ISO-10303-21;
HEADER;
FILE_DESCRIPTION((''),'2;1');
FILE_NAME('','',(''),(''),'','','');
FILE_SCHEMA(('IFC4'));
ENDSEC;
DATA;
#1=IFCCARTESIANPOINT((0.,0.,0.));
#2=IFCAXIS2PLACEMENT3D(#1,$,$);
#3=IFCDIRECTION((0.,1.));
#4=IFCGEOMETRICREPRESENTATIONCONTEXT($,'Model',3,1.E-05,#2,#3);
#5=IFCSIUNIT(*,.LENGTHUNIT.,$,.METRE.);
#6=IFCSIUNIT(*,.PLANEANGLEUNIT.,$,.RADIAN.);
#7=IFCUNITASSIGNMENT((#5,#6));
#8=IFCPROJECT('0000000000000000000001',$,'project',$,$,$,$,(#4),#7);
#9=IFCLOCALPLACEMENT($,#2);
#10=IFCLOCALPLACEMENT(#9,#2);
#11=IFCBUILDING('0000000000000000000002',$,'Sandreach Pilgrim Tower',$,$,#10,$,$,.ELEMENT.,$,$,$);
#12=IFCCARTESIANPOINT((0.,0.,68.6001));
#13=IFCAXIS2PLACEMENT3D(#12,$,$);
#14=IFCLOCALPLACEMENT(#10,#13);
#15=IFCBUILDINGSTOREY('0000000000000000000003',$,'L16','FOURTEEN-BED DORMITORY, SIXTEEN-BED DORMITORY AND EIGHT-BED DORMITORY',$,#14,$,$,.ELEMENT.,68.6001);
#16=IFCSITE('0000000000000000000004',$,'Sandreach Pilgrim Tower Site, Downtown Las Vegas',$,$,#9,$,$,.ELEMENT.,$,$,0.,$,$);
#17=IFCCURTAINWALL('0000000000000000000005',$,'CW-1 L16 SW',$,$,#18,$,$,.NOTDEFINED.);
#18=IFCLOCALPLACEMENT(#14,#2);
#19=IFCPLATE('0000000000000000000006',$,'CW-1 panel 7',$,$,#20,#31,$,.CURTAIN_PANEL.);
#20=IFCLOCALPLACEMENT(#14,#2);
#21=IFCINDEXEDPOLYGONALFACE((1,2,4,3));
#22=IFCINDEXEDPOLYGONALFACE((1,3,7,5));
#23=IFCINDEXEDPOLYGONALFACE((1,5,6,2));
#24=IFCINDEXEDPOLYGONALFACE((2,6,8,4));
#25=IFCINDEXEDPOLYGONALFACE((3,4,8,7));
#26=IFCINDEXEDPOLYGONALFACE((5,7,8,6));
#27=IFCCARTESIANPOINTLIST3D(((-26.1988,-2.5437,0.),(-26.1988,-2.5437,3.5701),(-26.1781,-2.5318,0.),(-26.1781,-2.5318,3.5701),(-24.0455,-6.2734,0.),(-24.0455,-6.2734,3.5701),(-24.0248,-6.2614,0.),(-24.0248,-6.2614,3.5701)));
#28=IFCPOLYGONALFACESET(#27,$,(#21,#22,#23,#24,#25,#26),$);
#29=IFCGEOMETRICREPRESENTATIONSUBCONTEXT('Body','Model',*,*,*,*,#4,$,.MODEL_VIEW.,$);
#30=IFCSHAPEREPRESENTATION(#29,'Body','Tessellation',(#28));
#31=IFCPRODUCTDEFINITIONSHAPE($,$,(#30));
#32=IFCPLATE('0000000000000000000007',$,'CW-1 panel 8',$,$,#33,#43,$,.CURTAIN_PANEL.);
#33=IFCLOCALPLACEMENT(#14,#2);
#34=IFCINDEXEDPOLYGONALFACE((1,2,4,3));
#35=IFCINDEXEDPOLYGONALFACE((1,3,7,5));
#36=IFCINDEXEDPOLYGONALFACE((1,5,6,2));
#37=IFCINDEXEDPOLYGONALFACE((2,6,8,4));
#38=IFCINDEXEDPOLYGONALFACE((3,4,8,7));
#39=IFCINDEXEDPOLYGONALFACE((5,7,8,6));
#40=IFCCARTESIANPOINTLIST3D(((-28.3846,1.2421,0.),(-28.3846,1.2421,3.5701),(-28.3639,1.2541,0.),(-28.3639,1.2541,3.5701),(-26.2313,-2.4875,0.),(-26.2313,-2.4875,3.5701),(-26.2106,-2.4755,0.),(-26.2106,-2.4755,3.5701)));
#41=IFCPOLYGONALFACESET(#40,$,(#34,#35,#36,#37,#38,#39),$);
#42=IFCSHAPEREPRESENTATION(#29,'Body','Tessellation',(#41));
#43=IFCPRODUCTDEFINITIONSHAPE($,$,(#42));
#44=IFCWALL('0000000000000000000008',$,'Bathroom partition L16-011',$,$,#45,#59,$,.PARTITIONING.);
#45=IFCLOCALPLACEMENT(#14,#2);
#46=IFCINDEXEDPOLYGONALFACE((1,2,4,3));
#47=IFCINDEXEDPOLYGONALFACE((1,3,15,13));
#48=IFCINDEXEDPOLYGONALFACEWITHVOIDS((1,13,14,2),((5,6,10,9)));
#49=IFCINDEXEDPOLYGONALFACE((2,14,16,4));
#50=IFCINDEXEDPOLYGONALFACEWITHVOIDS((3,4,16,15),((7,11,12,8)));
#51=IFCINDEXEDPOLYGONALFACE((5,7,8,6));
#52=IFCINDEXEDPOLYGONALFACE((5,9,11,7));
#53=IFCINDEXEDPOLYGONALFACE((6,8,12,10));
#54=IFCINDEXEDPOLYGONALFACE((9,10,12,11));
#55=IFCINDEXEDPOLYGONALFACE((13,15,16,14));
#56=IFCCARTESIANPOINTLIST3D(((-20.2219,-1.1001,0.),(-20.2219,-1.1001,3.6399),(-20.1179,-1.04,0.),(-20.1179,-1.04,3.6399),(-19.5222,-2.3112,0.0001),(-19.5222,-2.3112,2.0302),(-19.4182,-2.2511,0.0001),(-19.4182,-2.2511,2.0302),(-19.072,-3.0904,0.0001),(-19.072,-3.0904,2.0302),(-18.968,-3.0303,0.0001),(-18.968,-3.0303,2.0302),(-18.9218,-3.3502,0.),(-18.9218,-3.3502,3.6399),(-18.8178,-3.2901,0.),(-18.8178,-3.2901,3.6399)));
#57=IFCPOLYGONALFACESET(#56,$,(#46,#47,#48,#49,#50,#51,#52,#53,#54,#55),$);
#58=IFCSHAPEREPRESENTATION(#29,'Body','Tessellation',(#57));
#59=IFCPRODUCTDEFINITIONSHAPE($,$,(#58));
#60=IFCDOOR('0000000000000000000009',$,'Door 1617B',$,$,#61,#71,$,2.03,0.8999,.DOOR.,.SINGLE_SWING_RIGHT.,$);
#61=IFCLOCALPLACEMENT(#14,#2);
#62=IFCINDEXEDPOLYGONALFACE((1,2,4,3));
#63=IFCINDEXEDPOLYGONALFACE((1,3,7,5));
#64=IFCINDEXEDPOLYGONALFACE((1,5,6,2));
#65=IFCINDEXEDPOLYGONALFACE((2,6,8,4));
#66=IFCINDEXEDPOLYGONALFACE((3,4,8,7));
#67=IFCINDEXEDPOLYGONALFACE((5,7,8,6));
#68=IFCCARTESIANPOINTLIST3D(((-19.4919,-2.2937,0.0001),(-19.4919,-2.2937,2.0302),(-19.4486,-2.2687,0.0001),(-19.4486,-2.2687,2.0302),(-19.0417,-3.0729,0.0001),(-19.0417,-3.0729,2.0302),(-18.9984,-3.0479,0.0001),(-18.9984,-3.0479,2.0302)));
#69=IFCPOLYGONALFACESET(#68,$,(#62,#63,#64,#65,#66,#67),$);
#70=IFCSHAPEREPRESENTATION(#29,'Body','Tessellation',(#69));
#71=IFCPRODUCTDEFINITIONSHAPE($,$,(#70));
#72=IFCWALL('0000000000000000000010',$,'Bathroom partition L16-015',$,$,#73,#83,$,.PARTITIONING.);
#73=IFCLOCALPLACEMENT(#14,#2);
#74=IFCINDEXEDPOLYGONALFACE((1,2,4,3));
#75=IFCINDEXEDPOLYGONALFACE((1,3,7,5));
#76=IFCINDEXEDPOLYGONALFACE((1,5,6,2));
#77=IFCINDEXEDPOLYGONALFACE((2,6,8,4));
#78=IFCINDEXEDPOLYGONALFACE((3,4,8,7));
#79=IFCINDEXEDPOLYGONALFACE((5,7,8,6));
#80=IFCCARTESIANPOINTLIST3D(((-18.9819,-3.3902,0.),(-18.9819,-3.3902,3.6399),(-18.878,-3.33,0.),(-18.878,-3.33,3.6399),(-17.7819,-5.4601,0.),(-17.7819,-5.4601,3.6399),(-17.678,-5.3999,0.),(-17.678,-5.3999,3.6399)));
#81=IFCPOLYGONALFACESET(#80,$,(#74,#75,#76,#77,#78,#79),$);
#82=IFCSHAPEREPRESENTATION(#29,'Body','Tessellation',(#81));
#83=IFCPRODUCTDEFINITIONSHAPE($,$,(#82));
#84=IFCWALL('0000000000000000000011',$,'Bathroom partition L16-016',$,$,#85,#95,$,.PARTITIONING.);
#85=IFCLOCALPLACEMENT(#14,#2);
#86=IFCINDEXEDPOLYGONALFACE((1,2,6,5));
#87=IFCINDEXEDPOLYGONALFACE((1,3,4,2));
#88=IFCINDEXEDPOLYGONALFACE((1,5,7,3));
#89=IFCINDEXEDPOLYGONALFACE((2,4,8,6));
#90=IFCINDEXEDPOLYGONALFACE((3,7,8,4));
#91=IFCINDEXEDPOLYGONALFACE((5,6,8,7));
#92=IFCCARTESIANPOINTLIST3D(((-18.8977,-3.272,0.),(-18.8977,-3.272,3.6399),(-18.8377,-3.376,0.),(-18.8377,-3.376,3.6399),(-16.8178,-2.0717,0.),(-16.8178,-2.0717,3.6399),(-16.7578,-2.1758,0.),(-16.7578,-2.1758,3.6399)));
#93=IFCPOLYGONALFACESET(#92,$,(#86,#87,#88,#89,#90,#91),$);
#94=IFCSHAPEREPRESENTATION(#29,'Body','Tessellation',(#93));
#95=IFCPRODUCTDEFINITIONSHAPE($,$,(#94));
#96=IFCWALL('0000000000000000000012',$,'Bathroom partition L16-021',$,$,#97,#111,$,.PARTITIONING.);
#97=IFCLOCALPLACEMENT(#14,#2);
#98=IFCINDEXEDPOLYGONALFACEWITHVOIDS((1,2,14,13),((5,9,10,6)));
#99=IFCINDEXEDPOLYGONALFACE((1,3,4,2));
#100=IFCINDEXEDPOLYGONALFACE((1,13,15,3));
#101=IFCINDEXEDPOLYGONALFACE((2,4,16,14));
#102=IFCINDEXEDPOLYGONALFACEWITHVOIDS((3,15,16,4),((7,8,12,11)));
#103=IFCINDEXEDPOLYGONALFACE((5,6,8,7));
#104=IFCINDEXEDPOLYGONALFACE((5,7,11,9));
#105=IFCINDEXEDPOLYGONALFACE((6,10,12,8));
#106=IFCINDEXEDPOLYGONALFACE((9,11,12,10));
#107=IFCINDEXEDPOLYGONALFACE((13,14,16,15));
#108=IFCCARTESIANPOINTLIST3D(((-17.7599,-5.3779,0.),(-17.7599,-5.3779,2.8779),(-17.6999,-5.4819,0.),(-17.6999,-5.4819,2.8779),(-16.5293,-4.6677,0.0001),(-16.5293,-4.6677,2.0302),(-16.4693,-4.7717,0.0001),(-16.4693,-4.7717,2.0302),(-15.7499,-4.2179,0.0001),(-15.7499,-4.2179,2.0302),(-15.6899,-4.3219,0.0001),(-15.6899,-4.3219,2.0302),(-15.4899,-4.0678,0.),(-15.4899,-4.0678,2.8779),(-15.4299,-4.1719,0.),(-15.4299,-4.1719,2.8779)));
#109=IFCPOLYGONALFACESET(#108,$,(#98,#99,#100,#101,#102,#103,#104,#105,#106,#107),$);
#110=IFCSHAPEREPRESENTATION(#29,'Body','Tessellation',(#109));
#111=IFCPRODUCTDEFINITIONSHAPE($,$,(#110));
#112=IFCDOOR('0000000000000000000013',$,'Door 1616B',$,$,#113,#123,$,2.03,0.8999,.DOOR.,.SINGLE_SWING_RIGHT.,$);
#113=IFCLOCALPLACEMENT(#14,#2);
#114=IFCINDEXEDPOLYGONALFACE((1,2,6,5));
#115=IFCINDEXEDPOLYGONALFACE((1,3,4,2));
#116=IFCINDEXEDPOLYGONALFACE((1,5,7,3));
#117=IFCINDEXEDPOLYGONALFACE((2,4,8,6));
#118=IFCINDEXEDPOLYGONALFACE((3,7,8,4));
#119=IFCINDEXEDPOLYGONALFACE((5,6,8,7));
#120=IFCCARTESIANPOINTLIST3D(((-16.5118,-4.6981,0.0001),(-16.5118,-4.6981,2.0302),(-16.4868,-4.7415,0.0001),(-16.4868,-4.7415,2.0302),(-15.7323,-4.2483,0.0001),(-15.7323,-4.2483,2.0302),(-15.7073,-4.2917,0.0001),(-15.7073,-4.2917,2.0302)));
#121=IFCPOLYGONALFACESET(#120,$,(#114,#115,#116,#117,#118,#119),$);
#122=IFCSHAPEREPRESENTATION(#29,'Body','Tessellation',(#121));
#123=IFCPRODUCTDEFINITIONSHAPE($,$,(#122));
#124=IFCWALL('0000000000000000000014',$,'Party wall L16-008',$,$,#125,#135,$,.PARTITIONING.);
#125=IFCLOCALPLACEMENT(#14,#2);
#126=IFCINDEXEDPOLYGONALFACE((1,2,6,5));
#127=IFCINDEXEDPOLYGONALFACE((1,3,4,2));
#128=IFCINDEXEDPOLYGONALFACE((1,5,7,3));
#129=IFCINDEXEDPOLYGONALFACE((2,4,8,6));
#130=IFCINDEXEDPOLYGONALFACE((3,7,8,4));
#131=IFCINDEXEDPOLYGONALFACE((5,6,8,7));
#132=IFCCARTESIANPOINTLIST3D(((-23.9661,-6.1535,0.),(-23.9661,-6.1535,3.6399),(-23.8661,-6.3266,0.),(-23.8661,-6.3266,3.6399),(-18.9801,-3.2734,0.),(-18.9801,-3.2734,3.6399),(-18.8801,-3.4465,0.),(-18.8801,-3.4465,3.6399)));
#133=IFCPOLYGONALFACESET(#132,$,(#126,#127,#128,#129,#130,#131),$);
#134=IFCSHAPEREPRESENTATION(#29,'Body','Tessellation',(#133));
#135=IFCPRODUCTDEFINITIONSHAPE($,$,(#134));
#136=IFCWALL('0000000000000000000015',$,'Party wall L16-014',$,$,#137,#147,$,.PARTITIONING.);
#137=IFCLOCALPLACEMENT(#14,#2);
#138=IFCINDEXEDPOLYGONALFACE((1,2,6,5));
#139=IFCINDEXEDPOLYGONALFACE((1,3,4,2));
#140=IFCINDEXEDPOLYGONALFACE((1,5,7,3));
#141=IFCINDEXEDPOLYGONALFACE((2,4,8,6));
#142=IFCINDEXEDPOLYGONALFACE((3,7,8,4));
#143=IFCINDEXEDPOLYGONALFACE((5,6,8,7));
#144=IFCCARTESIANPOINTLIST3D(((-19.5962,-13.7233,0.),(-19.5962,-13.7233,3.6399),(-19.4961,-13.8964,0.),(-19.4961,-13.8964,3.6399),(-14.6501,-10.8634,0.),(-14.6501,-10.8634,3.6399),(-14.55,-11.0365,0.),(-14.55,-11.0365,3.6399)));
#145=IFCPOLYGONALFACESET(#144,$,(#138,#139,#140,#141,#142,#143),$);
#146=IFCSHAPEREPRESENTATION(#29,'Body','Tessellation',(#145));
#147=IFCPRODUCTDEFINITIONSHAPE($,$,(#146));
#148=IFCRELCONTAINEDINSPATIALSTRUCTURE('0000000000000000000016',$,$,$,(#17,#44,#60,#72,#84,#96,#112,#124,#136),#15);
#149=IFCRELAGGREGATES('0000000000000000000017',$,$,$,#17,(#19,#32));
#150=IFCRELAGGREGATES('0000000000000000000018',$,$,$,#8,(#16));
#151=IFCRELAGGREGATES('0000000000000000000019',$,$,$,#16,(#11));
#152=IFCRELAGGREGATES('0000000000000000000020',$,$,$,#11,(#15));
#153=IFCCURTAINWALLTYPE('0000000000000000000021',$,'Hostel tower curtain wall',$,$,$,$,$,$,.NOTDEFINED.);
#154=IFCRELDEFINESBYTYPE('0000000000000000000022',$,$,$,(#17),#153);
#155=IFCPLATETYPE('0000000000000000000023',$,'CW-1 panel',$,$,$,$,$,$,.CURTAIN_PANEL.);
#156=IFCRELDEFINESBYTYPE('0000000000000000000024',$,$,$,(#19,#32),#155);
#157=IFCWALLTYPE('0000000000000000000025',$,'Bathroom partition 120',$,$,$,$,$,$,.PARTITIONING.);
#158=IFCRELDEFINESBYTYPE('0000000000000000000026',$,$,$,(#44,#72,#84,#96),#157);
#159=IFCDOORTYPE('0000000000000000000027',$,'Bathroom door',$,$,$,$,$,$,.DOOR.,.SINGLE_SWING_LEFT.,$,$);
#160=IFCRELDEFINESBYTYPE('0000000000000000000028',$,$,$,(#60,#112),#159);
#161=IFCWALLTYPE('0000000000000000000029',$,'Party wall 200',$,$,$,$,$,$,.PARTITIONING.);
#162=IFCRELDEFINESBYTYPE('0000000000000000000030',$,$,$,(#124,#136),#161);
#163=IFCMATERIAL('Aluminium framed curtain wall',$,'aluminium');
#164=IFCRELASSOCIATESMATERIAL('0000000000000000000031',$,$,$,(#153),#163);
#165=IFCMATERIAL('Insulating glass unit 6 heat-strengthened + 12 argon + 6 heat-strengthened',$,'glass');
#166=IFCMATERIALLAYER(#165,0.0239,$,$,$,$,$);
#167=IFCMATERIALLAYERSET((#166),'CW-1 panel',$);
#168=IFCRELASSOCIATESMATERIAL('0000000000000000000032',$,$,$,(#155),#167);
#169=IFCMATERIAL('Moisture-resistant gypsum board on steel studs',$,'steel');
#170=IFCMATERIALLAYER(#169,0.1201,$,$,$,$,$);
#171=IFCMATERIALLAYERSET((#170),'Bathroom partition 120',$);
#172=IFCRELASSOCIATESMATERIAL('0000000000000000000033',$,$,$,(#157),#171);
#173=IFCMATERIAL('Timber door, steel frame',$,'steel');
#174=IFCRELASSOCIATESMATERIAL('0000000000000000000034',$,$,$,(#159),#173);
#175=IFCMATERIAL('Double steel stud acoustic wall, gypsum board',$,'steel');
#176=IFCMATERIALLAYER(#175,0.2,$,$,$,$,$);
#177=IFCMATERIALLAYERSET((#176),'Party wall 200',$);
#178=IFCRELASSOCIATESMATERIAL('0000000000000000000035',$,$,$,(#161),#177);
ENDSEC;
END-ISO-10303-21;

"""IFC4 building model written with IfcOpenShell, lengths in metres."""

from ifc_helpers import new_model, si_unit, direction, frame, frame_2d, origin, origin_2d, place, context, subcontext, project, spatial, rectangle, extrude, material, layer, layer_set, type_object, element, fill, aggregate, save


model = new_model("IFC4")

# Units and contexts
model_context = context("Model", 3, precision=1e-05, world=origin(), true_north=direction((0.0, 1.0)))
body_context = subcontext(model_context, "Body", "Model", "MODEL_VIEW")
ifc_project = project(units=[si_unit("LENGTHUNIT", "METRE"), si_unit("PLANEANGLEUNIT", "RADIAN")], contexts=[model_context])

# Site, building, storey
site_placement = place(None, origin())
site = spatial("IfcSite", under=ifc_project, at=site_placement, Name="Sandreach Pilgrim Tower Site, Downtown Las Vegas", CompositionType="ELEMENT", RefElevation=0.0)
building_placement = place(site_placement, origin())
building = spatial("IfcBuilding", under=site, at=building_placement, Name="Sandreach Pilgrim Tower", CompositionType="ELEMENT")
storey_placement = place(building_placement, frame((0.0, 0.0, 68.6001)))
storey = spatial("IfcBuildingStorey", under=building, at=storey_placement, Name="L16", Description="FOURTEEN-BED DORMITORY, SIXTEEN-BED DORMITORY AND EIGHT-BED DORMITORY", CompositionType="ELEMENT", Elevation=68.6001)

# Curtain wall
ifc_material_1 = material(Name="Aluminium framed curtain wall", Category="aluminium")
curtain_wall_type = type_object("IfcCurtainWallType", Name="Hostel tower curtain wall", PredefinedType="NOTDEFINED", material=ifc_material_1)
curtain_wall_placement = place(storey_placement, origin())
curtain_wall = element("IfcCurtainWall", 1, at=curtain_wall_placement, inside=storey, type_object=curtain_wall_type, Name="CW-1 L16 SW", PredefinedType="NOTDEFINED")

# Plates
ifc_material_2 = material(Name="Insulating glass unit 6 heat-strengthened + 12 argon + 6 heat-strengthened", Category="glass")
ifc_layer_1 = layer(ifc_material_2, 0.0239)
ifc_layer_set_1 = layer_set([ifc_layer_1], Name="CW-1 panel")
plate_type = type_object("IfcPlateType", Name="CW-1 panel", PredefinedType="CURTAIN_PANEL", material=ifc_layer_set_1)
plate_1_placement = place(storey_placement, frame((-25.1118, -4.4026, 0.0), z_axis=(0.0, 0.0, 1.0), x_axis=(-0.5, 0.866025, 0.0)))
plate_1 = element("IfcPlate", 2, at=plate_1_placement, type_object=plate_type, Name="CW-1 panel 7", PredefinedType="CURTAIN_PANEL", context=body_context, shape_type="SweptSolid", body=[
    extrude(rectangle(XDim=4.3066, YDim=0.0239, at=origin_2d()), origin(), (0.0, 0.0, 1.0), 3.5701),
])
plate_2_placement = place(storey_placement, frame((-27.2976, -0.6167, 0.0), z_axis=(0.0, 0.0, 1.0), x_axis=(-0.5, 0.866025, 0.0)))
plate_2 = element("IfcPlate", 3, at=plate_2_placement, type_object=plate_type, Name="CW-1 panel 8", PredefinedType="CURTAIN_PANEL", context=body_context, shape_type="SweptSolid", body=[
    extrude(rectangle(XDim=4.3066, YDim=0.0239, at=origin_2d()), origin(), (0.0, 0.0, 1.0), 3.5701),
])
aggregate(curtain_wall, [plate_1, plate_2])

# Wall, opening, door
ifc_material_3 = material(Name="Moisture-resistant gypsum board on steel studs", Category="steel")
ifc_layer_2 = layer(ifc_material_3, 0.1201)
ifc_layer_set_2 = layer_set([ifc_layer_2], Name="Bathroom partition 120")
wall_type_1 = type_object("IfcWallType", Name="Bathroom partition 120", PredefinedType="PARTITIONING", material=ifc_layer_set_2)
wall_1_placement = place(storey_placement, frame((-20.1699, -1.0701, 0.0), z_axis=(0.0, 0.0, 1.0), x_axis=(0.500292, -0.865857, 0.0)))
wall_1 = element("IfcWall", 4, at=wall_1_placement, inside=storey, type_object=wall_type_1, Name="Bathroom partition L16-011", PredefinedType="PARTITIONING", context=body_context, shape_type="SweptSolid", body=[
    extrude(rectangle(XDim=2.5986, YDim=0.1201, at=frame_2d((1.2993, 0.0))), origin(), (0.0, 0.0, 1.0), 3.6399),
])
opening_1_placement = place(wall_1_placement, frame((1.3987, 0.0, 0.0)))
opening_1 = element("IfcOpeningElement", 5, at=opening_1_placement, cuts=wall_1, PredefinedType="OPENING", context=body_context, shape_type="SweptSolid", body=[
    extrude(rectangle(XDim=0.8999, YDim=2.03, at=frame_2d((0.45, 1.0151))), frame((0.0, 0.0601, 0.0), z_axis=(0.0, -1.0, 0.0), x_axis=(1.0, 0.0, 0.0)), (0.0, 0.0, 1.0), 0.1201),
])
ifc_material_4 = material(Name="Timber door, steel frame", Category="steel")
door_type = type_object("IfcDoorType", Name="Bathroom door", OperationType="SINGLE_SWING_LEFT", PredefinedType="DOOR", material=ifc_material_4)
door_1_placement = place(opening_1_placement, origin())
door_1 = element("IfcDoor", 6, at=door_1_placement, inside=storey, type_object=door_type, Name="Door 1617B", OperationType="SINGLE_SWING_RIGHT", OverallHeight=2.03, OverallWidth=0.8999, PredefinedType="DOOR", context=body_context, shape_type="SweptSolid", body=[
    extrude(rectangle(XDim=0.8999, YDim=2.03, at=frame_2d((0.45, 1.0151))), frame((0.0, 0.0249, 0.0), z_axis=(0.0, -1.0, 0.0), x_axis=(1.0, 0.0, 0.0)), (0.0, 0.0, 1.0), 0.05),
])
fill(opening_1, door_1)

# Walls
wall_2_placement = place(storey_placement, frame((-18.9299, -3.3601, 0.0), z_axis=(0.0, 0.0, 1.0), x_axis=(0.501547, -0.86513, 0.0)))
element("IfcWall", 7, at=wall_2_placement, inside=storey, type_object=wall_type_1, Name="Bathroom partition L16-015", PredefinedType="PARTITIONING", context=body_context, shape_type="SweptSolid", body=[
    extrude(rectangle(XDim=2.3926, YDim=0.1201, at=frame_2d((1.1963, 0.0))), origin(), (0.0, 0.0, 1.0), 3.6399),
])
wall_3_placement = place(storey_placement, frame((-18.8677, -3.324, 0.0), z_axis=(0.0, 0.0, 1.0), x_axis=(0.866133, 0.499813, 0.0)))
element("IfcWall", 8, at=wall_3_placement, inside=storey, type_object=wall_type_1, Name="Bathroom partition L16-016", PredefinedType="PARTITIONING", context=body_context, shape_type="SweptSolid", body=[
    extrude(rectangle(XDim=2.4014, YDim=0.1201, at=frame_2d((1.2007, 0.0))), origin(), (0.0, 0.0, 1.0), 3.6399),
])

# Wall, opening, door
wall_4_placement = place(storey_placement, frame((-17.73, -5.4299, 0.0), z_axis=(0.0, 0.0, 1.0), x_axis=(0.866114, 0.499846, 0.0)))
wall_4 = element("IfcWall", 9, at=wall_4_placement, inside=storey, type_object=wall_type_1, Name="Bathroom partition L16-021", PredefinedType="PARTITIONING", context=body_context, shape_type="SweptSolid", body=[
    extrude(rectangle(XDim=2.6208, YDim=0.1201, at=frame_2d((1.3105, 0.0))), origin(), (0.0, 0.0, 1.0), 2.8779),
])
opening_2_placement = place(wall_4_placement, frame((1.4209, 0.0, 0.0)))
opening_2 = element("IfcOpeningElement", 10, at=opening_2_placement, cuts=wall_4, PredefinedType="OPENING", context=body_context, shape_type="SweptSolid", body=[
    extrude(rectangle(XDim=0.8999, YDim=2.03, at=frame_2d((0.45, 1.0151))), frame((0.0, 0.0601, 0.0), z_axis=(0.0, -1.0, 0.0), x_axis=(1.0, 0.0, 0.0)), (0.0, 0.0, 1.0), 0.1201),
])
door_2_placement = place(opening_2_placement, origin())
door_2 = element("IfcDoor", 11, at=door_2_placement, inside=storey, type_object=door_type, Name="Door 1616B", OperationType="SINGLE_SWING_RIGHT", OverallHeight=2.03, OverallWidth=0.8999, PredefinedType="DOOR", context=body_context, shape_type="SweptSolid", body=[
    extrude(rectangle(XDim=0.8999, YDim=2.03, at=frame_2d((0.45, 1.0151))), frame((0.0, 0.0249, 0.0), z_axis=(0.0, -1.0, 0.0), x_axis=(1.0, 0.0, 0.0)), (0.0, 0.0, 1.0), 0.05),
])
fill(opening_2, door_2)

# Walls
ifc_material_5 = material(Name="Double steel stud acoustic wall, gypsum board", Category="steel")
ifc_layer_3 = layer(ifc_material_5, 0.2)
ifc_layer_set_3 = layer_set([ifc_layer_3], Name="Party wall 200")
wall_type_2 = type_object("IfcWallType", Name="Party wall 200", PredefinedType="PARTITIONING", material=ifc_layer_set_3)
wall_5_placement = place(storey_placement, frame((-23.916, -6.24, 0.0), z_axis=(0.0, 0.0, 1.0), x_axis=(0.865919, 0.500184, 0.0)))
element("IfcWall", 12, at=wall_5_placement, inside=storey, type_object=wall_type_2, Name="Party wall L16-008", PredefinedType="PARTITIONING", context=body_context, shape_type="SweptSolid", body=[
    extrude(rectangle(XDim=5.7581, YDim=0.2, at=frame_2d((2.8789, 0.0))), origin(), (0.0, 0.0, 1.0), 3.6399),
])
wall_6_placement = place(storey_placement, frame((-19.5461, -13.8098, 0.0), z_axis=(0.0, 0.0, 1.0), x_axis=(0.865702, 0.500559, 0.0)))
element("IfcWall", 13, at=wall_6_placement, inside=storey, type_object=wall_type_2, Name="Party wall L16-014", PredefinedType="PARTITIONING", context=body_context, shape_type="SweptSolid", body=[
    extrude(rectangle(XDim=5.7134, YDim=0.2, at=frame_2d((2.8567, 0.0))), origin(), (0.0, 0.0, 1.0), 3.6399),
])

save(model, "model.ifc")
